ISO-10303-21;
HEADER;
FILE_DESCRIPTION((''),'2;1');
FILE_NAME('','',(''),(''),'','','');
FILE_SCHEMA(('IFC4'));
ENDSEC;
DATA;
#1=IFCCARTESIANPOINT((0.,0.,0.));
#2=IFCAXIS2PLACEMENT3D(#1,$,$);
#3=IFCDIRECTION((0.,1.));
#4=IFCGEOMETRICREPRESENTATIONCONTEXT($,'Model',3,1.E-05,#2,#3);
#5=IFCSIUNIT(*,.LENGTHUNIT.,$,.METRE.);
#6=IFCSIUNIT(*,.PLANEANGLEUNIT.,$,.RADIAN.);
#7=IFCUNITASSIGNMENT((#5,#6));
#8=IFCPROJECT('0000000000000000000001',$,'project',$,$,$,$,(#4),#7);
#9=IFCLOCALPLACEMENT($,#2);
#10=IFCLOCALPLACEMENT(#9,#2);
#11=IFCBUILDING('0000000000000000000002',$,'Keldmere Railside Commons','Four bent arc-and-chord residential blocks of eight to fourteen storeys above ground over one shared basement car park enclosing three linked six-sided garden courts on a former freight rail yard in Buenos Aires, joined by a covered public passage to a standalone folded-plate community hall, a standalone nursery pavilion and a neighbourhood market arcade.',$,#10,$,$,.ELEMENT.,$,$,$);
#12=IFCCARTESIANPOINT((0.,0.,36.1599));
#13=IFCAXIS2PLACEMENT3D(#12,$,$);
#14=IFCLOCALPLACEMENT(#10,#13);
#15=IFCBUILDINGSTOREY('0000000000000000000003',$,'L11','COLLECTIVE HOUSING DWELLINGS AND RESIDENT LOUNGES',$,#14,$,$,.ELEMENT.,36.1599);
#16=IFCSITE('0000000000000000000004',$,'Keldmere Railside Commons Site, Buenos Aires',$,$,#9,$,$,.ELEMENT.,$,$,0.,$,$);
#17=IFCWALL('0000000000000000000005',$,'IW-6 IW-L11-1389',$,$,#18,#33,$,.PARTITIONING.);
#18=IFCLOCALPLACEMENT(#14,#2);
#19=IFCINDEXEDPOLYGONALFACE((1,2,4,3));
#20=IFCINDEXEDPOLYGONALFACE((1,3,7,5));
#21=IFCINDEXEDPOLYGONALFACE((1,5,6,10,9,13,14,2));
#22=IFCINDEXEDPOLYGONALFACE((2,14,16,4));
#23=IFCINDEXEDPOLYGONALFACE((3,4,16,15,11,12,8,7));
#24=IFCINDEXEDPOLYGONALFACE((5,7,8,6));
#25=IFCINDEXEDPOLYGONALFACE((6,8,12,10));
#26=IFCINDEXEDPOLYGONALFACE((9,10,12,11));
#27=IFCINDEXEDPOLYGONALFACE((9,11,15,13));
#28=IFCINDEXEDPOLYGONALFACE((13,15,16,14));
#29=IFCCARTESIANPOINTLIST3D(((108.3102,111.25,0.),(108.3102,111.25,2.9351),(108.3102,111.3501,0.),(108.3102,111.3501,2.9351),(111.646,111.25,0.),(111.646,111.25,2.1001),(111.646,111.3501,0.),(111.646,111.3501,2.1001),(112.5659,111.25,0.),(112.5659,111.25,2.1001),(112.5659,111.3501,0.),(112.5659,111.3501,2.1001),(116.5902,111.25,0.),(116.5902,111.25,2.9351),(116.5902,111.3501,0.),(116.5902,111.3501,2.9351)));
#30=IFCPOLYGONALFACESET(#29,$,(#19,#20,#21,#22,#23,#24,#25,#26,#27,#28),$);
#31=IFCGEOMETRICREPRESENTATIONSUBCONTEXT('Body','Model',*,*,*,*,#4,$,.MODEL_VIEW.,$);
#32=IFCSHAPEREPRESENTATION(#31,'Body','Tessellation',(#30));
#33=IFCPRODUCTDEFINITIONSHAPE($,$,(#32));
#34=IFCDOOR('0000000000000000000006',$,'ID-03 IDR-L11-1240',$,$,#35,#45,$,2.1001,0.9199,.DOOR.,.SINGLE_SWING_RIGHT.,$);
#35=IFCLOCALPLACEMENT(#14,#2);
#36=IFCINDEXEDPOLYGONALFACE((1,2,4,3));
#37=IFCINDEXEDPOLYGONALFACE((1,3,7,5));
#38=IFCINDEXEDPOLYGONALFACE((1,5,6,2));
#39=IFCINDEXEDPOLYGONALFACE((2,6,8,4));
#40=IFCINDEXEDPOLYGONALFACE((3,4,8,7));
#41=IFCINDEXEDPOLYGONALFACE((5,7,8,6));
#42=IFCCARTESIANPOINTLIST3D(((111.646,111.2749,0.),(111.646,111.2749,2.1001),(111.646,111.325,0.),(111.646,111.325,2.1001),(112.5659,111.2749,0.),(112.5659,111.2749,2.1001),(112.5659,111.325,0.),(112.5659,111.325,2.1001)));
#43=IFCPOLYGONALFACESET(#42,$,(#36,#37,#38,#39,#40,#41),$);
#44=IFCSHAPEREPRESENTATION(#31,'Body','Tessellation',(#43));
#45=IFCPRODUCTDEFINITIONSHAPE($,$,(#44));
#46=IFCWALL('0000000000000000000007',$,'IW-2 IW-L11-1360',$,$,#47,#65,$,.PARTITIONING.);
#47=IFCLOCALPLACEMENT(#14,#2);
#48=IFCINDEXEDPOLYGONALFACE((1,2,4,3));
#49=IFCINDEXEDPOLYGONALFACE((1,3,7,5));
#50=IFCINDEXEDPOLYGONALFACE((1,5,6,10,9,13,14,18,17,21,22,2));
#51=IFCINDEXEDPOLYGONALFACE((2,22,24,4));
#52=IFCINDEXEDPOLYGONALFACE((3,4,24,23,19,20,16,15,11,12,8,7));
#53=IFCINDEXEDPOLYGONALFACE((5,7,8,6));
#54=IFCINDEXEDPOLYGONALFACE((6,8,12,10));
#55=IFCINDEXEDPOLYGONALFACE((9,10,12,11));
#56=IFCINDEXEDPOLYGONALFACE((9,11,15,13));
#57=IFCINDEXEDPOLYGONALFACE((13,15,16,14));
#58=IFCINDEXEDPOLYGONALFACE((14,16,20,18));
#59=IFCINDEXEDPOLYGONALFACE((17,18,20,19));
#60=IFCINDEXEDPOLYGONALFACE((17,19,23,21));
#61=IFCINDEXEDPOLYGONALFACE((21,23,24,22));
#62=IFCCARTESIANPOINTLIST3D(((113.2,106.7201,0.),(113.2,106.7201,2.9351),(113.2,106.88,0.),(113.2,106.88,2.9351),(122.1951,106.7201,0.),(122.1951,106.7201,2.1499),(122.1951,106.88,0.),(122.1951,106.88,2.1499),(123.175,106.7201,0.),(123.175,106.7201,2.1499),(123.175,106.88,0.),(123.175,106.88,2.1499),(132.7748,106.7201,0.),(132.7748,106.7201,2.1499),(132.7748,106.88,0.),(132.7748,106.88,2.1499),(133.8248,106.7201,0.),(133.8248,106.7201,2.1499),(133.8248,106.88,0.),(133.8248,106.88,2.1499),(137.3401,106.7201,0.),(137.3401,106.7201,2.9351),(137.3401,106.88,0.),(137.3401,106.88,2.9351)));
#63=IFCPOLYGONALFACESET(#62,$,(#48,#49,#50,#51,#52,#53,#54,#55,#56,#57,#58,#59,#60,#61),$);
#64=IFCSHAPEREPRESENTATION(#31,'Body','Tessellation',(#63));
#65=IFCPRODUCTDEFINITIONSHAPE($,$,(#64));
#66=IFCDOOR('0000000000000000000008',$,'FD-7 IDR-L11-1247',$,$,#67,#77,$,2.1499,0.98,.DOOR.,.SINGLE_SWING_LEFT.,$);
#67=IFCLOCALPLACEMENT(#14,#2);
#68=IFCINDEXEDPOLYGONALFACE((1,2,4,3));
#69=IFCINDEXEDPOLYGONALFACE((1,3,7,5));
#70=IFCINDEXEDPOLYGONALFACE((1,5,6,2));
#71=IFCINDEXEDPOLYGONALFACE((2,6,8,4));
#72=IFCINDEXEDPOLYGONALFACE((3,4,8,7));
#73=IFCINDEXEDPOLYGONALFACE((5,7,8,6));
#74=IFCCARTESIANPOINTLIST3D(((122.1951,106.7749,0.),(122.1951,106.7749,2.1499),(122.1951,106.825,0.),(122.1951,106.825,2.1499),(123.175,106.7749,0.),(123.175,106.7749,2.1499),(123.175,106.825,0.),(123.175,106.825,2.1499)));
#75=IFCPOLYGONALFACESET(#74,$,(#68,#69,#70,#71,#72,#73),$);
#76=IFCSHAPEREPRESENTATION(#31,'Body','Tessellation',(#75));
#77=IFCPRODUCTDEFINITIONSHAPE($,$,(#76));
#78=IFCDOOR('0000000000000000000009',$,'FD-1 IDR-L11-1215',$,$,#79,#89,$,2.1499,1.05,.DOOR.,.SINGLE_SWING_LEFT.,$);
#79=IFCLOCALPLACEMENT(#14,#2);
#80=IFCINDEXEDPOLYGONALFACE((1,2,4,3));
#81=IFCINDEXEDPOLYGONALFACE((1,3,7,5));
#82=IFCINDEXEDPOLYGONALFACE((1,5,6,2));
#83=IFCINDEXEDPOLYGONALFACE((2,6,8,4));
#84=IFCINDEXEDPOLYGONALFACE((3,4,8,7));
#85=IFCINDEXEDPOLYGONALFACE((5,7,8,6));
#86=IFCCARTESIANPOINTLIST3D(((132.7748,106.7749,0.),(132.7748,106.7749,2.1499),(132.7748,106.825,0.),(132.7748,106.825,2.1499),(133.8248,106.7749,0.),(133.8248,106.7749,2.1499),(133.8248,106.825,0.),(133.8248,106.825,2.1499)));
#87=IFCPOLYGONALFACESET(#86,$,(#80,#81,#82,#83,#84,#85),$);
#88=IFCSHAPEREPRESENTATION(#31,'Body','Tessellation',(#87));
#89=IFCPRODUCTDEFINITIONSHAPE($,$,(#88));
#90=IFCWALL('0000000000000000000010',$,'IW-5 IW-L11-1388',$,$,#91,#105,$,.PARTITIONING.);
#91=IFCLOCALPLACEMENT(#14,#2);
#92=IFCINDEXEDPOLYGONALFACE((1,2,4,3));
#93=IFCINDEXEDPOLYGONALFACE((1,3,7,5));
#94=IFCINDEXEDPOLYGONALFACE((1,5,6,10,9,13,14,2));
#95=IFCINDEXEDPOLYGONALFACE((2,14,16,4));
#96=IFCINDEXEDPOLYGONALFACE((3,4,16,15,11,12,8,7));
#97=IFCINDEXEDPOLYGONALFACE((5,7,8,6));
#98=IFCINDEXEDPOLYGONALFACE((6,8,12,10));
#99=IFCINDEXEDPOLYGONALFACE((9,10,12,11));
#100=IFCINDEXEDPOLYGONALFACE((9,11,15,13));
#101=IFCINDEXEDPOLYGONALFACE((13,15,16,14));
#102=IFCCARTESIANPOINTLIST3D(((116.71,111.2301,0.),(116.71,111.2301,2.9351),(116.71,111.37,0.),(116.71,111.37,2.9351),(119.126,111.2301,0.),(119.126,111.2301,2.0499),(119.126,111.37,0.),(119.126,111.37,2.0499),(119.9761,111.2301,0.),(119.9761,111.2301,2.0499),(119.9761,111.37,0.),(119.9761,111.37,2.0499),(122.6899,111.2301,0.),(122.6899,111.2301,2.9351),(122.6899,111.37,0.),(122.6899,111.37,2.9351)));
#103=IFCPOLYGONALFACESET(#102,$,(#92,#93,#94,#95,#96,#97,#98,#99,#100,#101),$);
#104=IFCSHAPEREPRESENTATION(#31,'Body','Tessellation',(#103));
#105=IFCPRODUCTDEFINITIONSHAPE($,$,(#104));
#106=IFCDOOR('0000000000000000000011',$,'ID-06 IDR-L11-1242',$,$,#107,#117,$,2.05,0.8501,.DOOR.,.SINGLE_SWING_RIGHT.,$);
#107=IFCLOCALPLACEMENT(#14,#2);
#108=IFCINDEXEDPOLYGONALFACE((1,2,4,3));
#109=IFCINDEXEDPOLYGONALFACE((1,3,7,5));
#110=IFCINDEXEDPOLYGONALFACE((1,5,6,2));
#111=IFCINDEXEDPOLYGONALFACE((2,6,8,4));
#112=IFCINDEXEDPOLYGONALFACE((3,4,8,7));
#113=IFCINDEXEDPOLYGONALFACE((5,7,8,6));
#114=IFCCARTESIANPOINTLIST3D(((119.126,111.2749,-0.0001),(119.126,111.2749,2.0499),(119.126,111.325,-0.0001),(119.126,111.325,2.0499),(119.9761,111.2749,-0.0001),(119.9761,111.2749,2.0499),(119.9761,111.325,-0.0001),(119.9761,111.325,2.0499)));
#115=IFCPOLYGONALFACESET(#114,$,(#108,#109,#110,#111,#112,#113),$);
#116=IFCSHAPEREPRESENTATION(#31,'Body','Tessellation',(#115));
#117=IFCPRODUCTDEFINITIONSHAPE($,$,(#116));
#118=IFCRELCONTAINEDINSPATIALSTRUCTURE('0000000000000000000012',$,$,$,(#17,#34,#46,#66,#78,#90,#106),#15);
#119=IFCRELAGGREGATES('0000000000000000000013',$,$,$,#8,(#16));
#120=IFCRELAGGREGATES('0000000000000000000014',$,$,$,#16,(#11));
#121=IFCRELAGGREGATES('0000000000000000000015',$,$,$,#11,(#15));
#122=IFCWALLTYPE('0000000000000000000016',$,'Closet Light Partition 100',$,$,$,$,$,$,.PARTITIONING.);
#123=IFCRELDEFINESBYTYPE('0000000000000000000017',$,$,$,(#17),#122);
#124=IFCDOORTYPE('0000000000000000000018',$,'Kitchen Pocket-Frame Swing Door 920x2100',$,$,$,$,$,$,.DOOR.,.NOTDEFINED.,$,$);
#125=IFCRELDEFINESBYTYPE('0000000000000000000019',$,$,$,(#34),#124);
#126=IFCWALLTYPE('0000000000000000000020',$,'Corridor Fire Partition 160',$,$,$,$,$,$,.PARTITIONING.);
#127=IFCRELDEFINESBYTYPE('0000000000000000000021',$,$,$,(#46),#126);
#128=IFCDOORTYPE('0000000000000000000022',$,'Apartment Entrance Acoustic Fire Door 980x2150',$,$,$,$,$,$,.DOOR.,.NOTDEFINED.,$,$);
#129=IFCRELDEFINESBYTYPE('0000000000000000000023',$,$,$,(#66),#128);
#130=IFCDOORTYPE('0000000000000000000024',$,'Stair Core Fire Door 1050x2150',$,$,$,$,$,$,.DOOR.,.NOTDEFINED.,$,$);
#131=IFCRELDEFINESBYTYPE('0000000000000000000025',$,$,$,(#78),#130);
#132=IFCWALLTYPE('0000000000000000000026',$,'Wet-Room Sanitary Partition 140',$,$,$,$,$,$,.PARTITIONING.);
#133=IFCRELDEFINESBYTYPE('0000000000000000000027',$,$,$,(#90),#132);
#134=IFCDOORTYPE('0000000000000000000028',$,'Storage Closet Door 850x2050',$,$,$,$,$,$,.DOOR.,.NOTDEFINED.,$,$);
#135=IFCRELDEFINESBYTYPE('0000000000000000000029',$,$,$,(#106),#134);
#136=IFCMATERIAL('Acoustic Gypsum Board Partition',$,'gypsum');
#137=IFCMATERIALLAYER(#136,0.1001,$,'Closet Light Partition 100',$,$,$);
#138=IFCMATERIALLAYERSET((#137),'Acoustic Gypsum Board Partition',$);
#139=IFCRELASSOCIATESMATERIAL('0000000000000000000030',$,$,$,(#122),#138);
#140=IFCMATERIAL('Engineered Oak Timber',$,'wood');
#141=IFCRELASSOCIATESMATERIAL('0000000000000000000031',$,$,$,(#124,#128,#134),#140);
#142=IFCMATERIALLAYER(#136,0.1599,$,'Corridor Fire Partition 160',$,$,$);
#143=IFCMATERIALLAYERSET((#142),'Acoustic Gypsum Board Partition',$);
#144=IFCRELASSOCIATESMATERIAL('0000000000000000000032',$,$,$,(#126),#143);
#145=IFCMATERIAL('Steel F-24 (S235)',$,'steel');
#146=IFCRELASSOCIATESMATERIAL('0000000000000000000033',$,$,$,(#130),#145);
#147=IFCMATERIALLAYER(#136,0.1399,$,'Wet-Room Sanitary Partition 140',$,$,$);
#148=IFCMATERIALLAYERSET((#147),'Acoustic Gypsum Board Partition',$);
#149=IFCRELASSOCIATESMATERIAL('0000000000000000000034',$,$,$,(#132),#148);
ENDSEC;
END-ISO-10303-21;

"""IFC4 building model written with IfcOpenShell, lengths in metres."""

from ifc_helpers import new_model, si_unit, direction, frame, frame_2d, origin, place, context, subcontext, project, spatial, rectangle, extrude, material, layer, layer_set, type_object, element, fill, save


model = new_model("IFC4")

# Units and contexts
model_context = context("Model", 3, precision=1e-05, world=origin(), true_north=direction((0.0, 1.0)))
body_context = subcontext(model_context, "Body", "Model", "MODEL_VIEW")
ifc_project = project(units=[si_unit("LENGTHUNIT", "METRE"), si_unit("PLANEANGLEUNIT", "RADIAN")], contexts=[model_context])

# Site, building, storey
site_placement = place(None, origin())
site = spatial("IfcSite", under=ifc_project, at=site_placement, Name="Keldmere Railside Commons Site, Buenos Aires", CompositionType="ELEMENT", RefElevation=0.0)
building_placement = place(site_placement, origin())
building = spatial("IfcBuilding", under=site, at=building_placement, Name="Keldmere Railside Commons", Description="Four bent arc-and-chord residential blocks of eight to fourteen storeys above ground over one shared basement car park enclosing three linked six-sided garden courts on a former freight rail yard in Buenos Aires, joined by a covered public passage to a standalone folded-plate community hall, a standalone nursery pavilion and a neighbourhood market arcade.", CompositionType="ELEMENT")
storey_placement = place(building_placement, frame((0.0, 0.0, 36.1599)))
storey = spatial("IfcBuildingStorey", under=building, at=storey_placement, Name="L11", Description="COLLECTIVE HOUSING DWELLINGS AND RESIDENT LOUNGES", CompositionType="ELEMENT", Elevation=36.1599)

# Shared definitions
ifc_material_1 = material(Name="Acoustic Gypsum Board Partition", Category="gypsum")

# Wall, opening, door
ifc_material_2 = material(Name="Engineered Oak Timber", Category="wood")
ifc_layer_1 = layer(ifc_material_1, 0.1001, Name="Closet Light Partition 100")
ifc_layer_set_1 = layer_set([ifc_layer_1], Name="Acoustic Gypsum Board Partition")
wall_type_1 = type_object("IfcWallType", Name="Closet Light Partition 100", PredefinedType="PARTITIONING", material=ifc_layer_set_1)
wall_1_placement = place(storey_placement, frame((108.3101, 111.3, 0.0), z_axis=(0.0, 0.0, 1.0), x_axis=(1.0, 0.0, 0.0)))
wall_1 = element("IfcWall", 1, at=wall_1_placement, inside=storey, type_object=wall_type_1, Name="IW-6 IW-L11-1389", PredefinedType="PARTITIONING", context=body_context, shape_type="SweptSolid", body=[
    extrude(rectangle(XDim=8.28, YDim=0.1001, at=frame_2d((4.1401, 0.0))), origin(), (0.0, 0.0, 1.0), 2.9351),
])
opening_1_placement = place(wall_1_placement, frame((3.3359, 0.0, 0.0)))
opening_1 = element("IfcOpeningElement", 2, at=opening_1_placement, cuts=wall_1, PredefinedType="OPENING", context=body_context, shape_type="SweptSolid", body=[
    extrude(rectangle(XDim=0.9199, YDim=2.1001, at=frame_2d((0.46, 1.05))), frame((0.0, 0.0601, 0.0), z_axis=(0.0, -1.0, 0.0), x_axis=(1.0, 0.0, 0.0)), (0.0, 0.0, 1.0), 0.1201),
])
door_type_1 = type_object("IfcDoorType", Name="Kitchen Pocket-Frame Swing Door 920x2100", OperationType="NOTDEFINED", PredefinedType="DOOR", material=ifc_material_2)
door_1_placement = place(opening_1_placement, origin())
door_1 = element("IfcDoor", 3, at=door_1_placement, inside=storey, type_object=door_type_1, Name="ID-03 IDR-L11-1240", OperationType="SINGLE_SWING_RIGHT", OverallHeight=2.1001, OverallWidth=0.9199, PredefinedType="DOOR", context=body_context, shape_type="SweptSolid", body=[
    extrude(rectangle(XDim=0.9199, YDim=2.1001, at=frame_2d((0.46, 1.05))), frame((0.0, 0.0249, 0.0), z_axis=(0.0, -1.0, 0.0), x_axis=(1.0, 0.0, 0.0)), (0.0, 0.0, 1.0), 0.05),
])
fill(opening_1, door_1)

# Wall, openings, doors
ifc_layer_2 = layer(ifc_material_1, 0.1599, Name="Corridor Fire Partition 160")
ifc_layer_set_2 = layer_set([ifc_layer_2], Name="Acoustic Gypsum Board Partition")
wall_type_2 = type_object("IfcWallType", Name="Corridor Fire Partition 160", PredefinedType="PARTITIONING", material=ifc_layer_set_2)
wall_2_placement = place(storey_placement, frame((113.2, 106.8, 0.0), z_axis=(0.0, 0.0, 1.0), x_axis=(1.0, 0.0, 0.0)))
wall_2 = element("IfcWall", 4, at=wall_2_placement, inside=storey, type_object=wall_type_2, Name="IW-2 IW-L11-1360", PredefinedType="PARTITIONING", context=body_context, shape_type="SweptSolid", body=[
    extrude(rectangle(XDim=24.1401, YDim=0.1599, at=frame_2d((12.0701, 0.0))), origin(), (0.0, 0.0, 1.0), 2.9351),
])
opening_2_placement = place(wall_2_placement, frame((19.575, 0.0, 0.0)))
opening_2 = element("IfcOpeningElement", 5, at=opening_2_placement, cuts=wall_2, PredefinedType="OPENING", context=body_context, shape_type="SweptSolid", body=[
    extrude(rectangle(XDim=1.05, YDim=2.1499, at=frame_2d((0.5249, 1.075))), frame((0.0, 0.0898, 0.0), z_axis=(0.0, -1.0, 0.0), x_axis=(1.0, 0.0, 0.0)), (0.0, 0.0, 1.0), 0.1799),
])
opening_3_placement = place(wall_2_placement, frame((8.9951, 0.0, 0.0)))
opening_3 = element("IfcOpeningElement", 6, at=opening_3_placement, cuts=wall_2, PredefinedType="OPENING", context=body_context, shape_type="SweptSolid", body=[
    extrude(rectangle(XDim=0.98, YDim=2.1499, at=frame_2d((0.49, 1.075))), frame((0.0, 0.0898, 0.0), z_axis=(0.0, -1.0, 0.0), x_axis=(1.0, 0.0, 0.0)), (0.0, 0.0, 1.0), 0.1799),
])
door_type_2 = type_object("IfcDoorType", Name="Apartment Entrance Acoustic Fire Door 980x2150", OperationType="NOTDEFINED", PredefinedType="DOOR", material=ifc_material_2)
door_2_placement = place(opening_3_placement, origin())
door_2 = element("IfcDoor", 7, at=door_2_placement, inside=storey, type_object=door_type_2, Name="FD-7 IDR-L11-1247", OperationType="SINGLE_SWING_LEFT", OverallHeight=2.1499, OverallWidth=0.98, PredefinedType="DOOR", context=body_context, shape_type="SweptSolid", body=[
    extrude(rectangle(XDim=0.98, YDim=2.1499, at=frame_2d((0.49, 1.075))), frame((0.0, 0.0249, 0.0), z_axis=(0.0, -1.0, 0.0), x_axis=(1.0, 0.0, 0.0)), (0.0, 0.0, 1.0), 0.05),
])
fill(opening_3, door_2)
ifc_material_3 = material(Name="Steel F-24 (S235)", Category="steel")
door_type_3 = type_object("IfcDoorType", Name="Stair Core Fire Door 1050x2150", OperationType="NOTDEFINED", PredefinedType="DOOR", material=ifc_material_3)
door_3_placement = place(opening_2_placement, origin())
door_3 = element("IfcDoor", 8, at=door_3_placement, inside=storey, type_object=door_type_3, Name="FD-1 IDR-L11-1215", OperationType="SINGLE_SWING_LEFT", OverallHeight=2.1499, OverallWidth=1.05, PredefinedType="DOOR", context=body_context, shape_type="SweptSolid", body=[
    extrude(rectangle(XDim=1.05, YDim=2.1499, at=frame_2d((0.5249, 1.075))), frame((0.0, 0.0249, 0.0), z_axis=(0.0, -1.0, 0.0), x_axis=(1.0, 0.0, 0.0)), (0.0, 0.0, 1.0), 0.05),
])
fill(opening_2, door_3)

# Wall, opening, door
ifc_layer_3 = layer(ifc_material_1, 0.1399, Name="Wet-Room Sanitary Partition 140")
ifc_layer_set_3 = layer_set([ifc_layer_3], Name="Acoustic Gypsum Board Partition")
wall_type_3 = type_object("IfcWallType", Name="Wet-Room Sanitary Partition 140", PredefinedType="PARTITIONING", material=ifc_layer_set_3)
wall_3_placement = place(storey_placement, frame((116.71, 111.3, 0.0), z_axis=(0.0, 0.0, 1.0), x_axis=(1.0, 0.0, 0.0)))
wall_3 = element("IfcWall", 9, at=wall_3_placement, inside=storey, type_object=wall_type_3, Name="IW-5 IW-L11-1388", PredefinedType="PARTITIONING", context=body_context, shape_type="SweptSolid", body=[
    extrude(rectangle(XDim=5.98, YDim=0.1399, at=frame_2d((2.99, 0.0))), origin(), (0.0, 0.0, 1.0), 2.9351),
])
opening_4_placement = place(wall_3_placement, frame((2.416, 0.0, 0.0)))
opening_4 = element("IfcOpeningElement", 10, at=opening_4_placement, cuts=wall_3, PredefinedType="OPENING", context=body_context, shape_type="SweptSolid", body=[
    extrude(rectangle(XDim=0.8501, YDim=2.05, at=frame_2d((0.425, 1.0249))), frame((0.0, 0.0798, 0.0), z_axis=(0.0, -1.0, 0.0), x_axis=(1.0, 0.0, 0.0)), (0.0, 0.0, 1.0), 0.1599),
])
door_type_4 = type_object("IfcDoorType", Name="Storage Closet Door 850x2050", OperationType="NOTDEFINED", PredefinedType="DOOR", material=ifc_material_2)
door_4_placement = place(opening_4_placement, origin())
door_4 = element("IfcDoor", 11, at=door_4_placement, inside=storey, type_object=door_type_4, Name="ID-06 IDR-L11-1242", OperationType="SINGLE_SWING_RIGHT", OverallHeight=2.05, OverallWidth=0.8501, PredefinedType="DOOR", context=body_context, shape_type="SweptSolid", body=[
    extrude(rectangle(XDim=0.8501, YDim=2.05, at=frame_2d((0.425, 1.0249))), frame((0.0, 0.0249, 0.0), z_axis=(0.0, -1.0, 0.0), x_axis=(1.0, 0.0, 0.0)), (0.0, 0.0, 1.0), 0.05),
])
fill(opening_4, door_4)

save(model, "model.ifc")
